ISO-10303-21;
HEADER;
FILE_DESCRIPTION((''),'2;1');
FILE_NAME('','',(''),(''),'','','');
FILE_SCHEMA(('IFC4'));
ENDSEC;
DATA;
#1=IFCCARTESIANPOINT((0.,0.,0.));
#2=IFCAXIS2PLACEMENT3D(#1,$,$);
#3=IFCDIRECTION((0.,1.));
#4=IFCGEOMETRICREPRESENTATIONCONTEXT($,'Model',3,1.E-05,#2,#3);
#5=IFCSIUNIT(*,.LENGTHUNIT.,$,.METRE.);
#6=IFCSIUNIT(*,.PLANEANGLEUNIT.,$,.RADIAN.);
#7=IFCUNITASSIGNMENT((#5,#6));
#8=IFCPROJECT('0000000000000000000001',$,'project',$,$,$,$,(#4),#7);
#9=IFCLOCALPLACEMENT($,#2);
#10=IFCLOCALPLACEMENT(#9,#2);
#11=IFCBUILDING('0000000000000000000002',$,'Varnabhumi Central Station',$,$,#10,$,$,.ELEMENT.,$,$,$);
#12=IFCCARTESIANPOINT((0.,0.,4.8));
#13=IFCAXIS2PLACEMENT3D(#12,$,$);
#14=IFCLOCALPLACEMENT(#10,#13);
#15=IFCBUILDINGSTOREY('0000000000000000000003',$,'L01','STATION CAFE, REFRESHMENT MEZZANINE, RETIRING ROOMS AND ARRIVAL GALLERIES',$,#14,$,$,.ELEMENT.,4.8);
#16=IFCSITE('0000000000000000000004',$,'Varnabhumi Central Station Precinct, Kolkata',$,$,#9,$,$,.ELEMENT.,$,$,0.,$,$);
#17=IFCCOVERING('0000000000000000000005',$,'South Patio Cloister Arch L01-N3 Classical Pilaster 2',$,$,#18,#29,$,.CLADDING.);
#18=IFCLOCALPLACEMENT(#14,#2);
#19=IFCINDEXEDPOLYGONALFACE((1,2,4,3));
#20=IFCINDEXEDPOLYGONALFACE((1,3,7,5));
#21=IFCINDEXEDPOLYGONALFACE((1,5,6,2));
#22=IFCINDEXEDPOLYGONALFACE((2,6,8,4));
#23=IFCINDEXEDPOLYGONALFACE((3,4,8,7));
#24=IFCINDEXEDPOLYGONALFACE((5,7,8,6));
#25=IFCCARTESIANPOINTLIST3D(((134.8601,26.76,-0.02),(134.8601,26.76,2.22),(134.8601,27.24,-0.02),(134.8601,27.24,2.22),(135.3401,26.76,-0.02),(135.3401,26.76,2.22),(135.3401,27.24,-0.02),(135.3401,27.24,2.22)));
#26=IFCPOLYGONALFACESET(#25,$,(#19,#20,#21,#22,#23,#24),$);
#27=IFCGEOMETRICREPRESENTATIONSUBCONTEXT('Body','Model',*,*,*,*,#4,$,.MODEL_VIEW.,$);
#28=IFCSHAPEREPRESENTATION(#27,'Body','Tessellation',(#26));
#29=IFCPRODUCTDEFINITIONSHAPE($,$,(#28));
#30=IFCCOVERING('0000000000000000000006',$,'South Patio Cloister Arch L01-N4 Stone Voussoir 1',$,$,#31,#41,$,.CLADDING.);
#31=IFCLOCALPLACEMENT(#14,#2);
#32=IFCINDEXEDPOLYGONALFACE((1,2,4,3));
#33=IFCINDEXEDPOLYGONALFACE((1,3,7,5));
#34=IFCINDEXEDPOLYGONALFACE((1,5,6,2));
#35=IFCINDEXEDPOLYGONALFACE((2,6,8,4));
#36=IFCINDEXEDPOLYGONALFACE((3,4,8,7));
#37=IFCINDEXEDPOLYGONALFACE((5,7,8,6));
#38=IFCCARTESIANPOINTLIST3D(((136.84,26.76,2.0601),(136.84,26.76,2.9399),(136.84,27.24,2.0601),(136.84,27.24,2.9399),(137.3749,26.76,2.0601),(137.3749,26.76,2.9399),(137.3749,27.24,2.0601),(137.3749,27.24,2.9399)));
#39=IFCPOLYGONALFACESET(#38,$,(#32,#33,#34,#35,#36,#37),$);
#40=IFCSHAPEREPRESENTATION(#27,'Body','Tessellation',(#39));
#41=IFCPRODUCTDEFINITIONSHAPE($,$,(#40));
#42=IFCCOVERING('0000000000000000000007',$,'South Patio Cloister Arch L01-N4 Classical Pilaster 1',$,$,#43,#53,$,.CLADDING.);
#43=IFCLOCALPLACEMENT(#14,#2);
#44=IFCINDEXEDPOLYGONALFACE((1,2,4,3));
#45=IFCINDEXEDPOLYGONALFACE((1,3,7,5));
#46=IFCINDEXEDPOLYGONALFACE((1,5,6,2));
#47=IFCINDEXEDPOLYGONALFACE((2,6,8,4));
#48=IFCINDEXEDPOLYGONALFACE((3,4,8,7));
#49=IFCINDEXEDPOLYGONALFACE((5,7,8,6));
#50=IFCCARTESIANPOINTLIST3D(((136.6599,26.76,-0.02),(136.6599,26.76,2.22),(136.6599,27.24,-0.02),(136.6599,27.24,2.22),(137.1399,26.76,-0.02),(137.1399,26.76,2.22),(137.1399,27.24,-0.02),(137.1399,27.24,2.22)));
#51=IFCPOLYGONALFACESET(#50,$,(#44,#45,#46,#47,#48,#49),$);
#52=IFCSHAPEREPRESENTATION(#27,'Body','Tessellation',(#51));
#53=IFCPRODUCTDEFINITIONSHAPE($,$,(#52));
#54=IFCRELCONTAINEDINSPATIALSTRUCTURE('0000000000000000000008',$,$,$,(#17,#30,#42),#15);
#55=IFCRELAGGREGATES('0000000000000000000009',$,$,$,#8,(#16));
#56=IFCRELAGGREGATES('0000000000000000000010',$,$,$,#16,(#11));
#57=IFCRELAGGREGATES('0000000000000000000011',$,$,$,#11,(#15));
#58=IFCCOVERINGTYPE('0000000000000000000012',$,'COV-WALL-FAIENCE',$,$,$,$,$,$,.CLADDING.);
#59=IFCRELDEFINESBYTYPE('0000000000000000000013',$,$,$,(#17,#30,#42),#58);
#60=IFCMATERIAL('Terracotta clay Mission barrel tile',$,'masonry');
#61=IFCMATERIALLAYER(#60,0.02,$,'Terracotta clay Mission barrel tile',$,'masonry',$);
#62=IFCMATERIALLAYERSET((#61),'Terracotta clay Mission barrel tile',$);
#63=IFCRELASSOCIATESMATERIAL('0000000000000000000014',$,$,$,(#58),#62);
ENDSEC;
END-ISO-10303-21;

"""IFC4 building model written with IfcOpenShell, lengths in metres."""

from ifc_helpers import new_model, si_unit, direction, frame, origin, origin_2d, place, context, subcontext, project, spatial, rectangle, extrude, material, layer, layer_set, type_object, element, save


model = new_model("IFC4")

# Units and contexts
model_context = context("Model", 3, precision=1e-05, world=origin(), true_north=direction((0.0, 1.0)))
body_context = subcontext(model_context, "Body", "Model", "MODEL_VIEW")
ifc_project = project(units=[si_unit("LENGTHUNIT", "METRE"), si_unit("PLANEANGLEUNIT", "RADIAN")], contexts=[model_context])

# Site, building, storey
site_placement = place(None, origin())
site = spatial("IfcSite", under=ifc_project, at=site_placement, Name="Varnabhumi Central Station Precinct, Kolkata", CompositionType="ELEMENT", RefElevation=0.0)
building_placement = place(site_placement, origin())
building = spatial("IfcBuilding", under=site, at=building_placement, Name="Varnabhumi Central Station", CompositionType="ELEMENT")
storey_placement = place(building_placement, frame((0.0, 0.0, 4.8)))
storey = spatial("IfcBuildingStorey", under=building, at=storey_placement, Name="L01", Description="STATION CAFE, REFRESHMENT MEZZANINE, RETIRING ROOMS AND ARRIVAL GALLERIES", CompositionType="ELEMENT", Elevation=4.8)

# Coverings
ifc_material_1 = material(Name="Terracotta clay Mission barrel tile", Category="masonry")
ifc_layer_1 = layer(ifc_material_1, 0.02, Name="Terracotta clay Mission barrel tile", Category="masonry")
ifc_layer_set_1 = layer_set([ifc_layer_1], Name="Terracotta clay Mission barrel tile")
covering_type = type_object("IfcCoveringType", Name="COV-WALL-FAIENCE", PredefinedType="CLADDING", material=ifc_layer_set_1)
covering_1_placement = place(storey_placement, frame((135.1001, 27.0, -0.02), z_axis=(0.0, 0.0, 1.0), x_axis=(1.0, 0.0, 0.0)))
element("IfcCovering", 1, at=covering_1_placement, inside=storey, type_object=covering_type, Name="South Patio Cloister Arch L01-N3 Classical Pilaster 2", PredefinedType="CLADDING", context=body_context, shape_type="SweptSolid", body=[
    extrude(rectangle(XDim=0.48, YDim=0.48, at=origin_2d()), origin(), (0.0, 0.0, 1.0), 2.24),
])
covering_2_placement = place(storey_placement, frame((137.1074, 27.0, 2.0601), z_axis=(0.0, 0.0, 1.0), x_axis=(1.0, 0.0, 0.0)))
element("IfcCovering", 2, at=covering_2_placement, inside=storey, type_object=covering_type, Name="South Patio Cloister Arch L01-N4 Stone Voussoir 1", PredefinedType="CLADDING", context=body_context, shape_type="SweptSolid", body=[
    extrude(rectangle(XDim=0.5349, YDim=0.48, at=origin_2d()), origin(), (0.0, 0.0, 1.0), 0.8799),
])
covering_3_placement = place(storey_placement, frame((136.8999, 27.0, -0.02), z_axis=(0.0, 0.0, 1.0), x_axis=(1.0, 0.0, 0.0)))
element("IfcCovering", 3, at=covering_3_placement, inside=storey, type_object=covering_type, Name="South Patio Cloister Arch L01-N4 Classical Pilaster 1", PredefinedType="CLADDING", context=body_context, shape_type="SweptSolid", body=[
    extrude(rectangle(XDim=0.48, YDim=0.48, at=origin_2d()), origin(), (0.0, 0.0, 1.0), 2.24),
])

save(model, "model.ifc")
